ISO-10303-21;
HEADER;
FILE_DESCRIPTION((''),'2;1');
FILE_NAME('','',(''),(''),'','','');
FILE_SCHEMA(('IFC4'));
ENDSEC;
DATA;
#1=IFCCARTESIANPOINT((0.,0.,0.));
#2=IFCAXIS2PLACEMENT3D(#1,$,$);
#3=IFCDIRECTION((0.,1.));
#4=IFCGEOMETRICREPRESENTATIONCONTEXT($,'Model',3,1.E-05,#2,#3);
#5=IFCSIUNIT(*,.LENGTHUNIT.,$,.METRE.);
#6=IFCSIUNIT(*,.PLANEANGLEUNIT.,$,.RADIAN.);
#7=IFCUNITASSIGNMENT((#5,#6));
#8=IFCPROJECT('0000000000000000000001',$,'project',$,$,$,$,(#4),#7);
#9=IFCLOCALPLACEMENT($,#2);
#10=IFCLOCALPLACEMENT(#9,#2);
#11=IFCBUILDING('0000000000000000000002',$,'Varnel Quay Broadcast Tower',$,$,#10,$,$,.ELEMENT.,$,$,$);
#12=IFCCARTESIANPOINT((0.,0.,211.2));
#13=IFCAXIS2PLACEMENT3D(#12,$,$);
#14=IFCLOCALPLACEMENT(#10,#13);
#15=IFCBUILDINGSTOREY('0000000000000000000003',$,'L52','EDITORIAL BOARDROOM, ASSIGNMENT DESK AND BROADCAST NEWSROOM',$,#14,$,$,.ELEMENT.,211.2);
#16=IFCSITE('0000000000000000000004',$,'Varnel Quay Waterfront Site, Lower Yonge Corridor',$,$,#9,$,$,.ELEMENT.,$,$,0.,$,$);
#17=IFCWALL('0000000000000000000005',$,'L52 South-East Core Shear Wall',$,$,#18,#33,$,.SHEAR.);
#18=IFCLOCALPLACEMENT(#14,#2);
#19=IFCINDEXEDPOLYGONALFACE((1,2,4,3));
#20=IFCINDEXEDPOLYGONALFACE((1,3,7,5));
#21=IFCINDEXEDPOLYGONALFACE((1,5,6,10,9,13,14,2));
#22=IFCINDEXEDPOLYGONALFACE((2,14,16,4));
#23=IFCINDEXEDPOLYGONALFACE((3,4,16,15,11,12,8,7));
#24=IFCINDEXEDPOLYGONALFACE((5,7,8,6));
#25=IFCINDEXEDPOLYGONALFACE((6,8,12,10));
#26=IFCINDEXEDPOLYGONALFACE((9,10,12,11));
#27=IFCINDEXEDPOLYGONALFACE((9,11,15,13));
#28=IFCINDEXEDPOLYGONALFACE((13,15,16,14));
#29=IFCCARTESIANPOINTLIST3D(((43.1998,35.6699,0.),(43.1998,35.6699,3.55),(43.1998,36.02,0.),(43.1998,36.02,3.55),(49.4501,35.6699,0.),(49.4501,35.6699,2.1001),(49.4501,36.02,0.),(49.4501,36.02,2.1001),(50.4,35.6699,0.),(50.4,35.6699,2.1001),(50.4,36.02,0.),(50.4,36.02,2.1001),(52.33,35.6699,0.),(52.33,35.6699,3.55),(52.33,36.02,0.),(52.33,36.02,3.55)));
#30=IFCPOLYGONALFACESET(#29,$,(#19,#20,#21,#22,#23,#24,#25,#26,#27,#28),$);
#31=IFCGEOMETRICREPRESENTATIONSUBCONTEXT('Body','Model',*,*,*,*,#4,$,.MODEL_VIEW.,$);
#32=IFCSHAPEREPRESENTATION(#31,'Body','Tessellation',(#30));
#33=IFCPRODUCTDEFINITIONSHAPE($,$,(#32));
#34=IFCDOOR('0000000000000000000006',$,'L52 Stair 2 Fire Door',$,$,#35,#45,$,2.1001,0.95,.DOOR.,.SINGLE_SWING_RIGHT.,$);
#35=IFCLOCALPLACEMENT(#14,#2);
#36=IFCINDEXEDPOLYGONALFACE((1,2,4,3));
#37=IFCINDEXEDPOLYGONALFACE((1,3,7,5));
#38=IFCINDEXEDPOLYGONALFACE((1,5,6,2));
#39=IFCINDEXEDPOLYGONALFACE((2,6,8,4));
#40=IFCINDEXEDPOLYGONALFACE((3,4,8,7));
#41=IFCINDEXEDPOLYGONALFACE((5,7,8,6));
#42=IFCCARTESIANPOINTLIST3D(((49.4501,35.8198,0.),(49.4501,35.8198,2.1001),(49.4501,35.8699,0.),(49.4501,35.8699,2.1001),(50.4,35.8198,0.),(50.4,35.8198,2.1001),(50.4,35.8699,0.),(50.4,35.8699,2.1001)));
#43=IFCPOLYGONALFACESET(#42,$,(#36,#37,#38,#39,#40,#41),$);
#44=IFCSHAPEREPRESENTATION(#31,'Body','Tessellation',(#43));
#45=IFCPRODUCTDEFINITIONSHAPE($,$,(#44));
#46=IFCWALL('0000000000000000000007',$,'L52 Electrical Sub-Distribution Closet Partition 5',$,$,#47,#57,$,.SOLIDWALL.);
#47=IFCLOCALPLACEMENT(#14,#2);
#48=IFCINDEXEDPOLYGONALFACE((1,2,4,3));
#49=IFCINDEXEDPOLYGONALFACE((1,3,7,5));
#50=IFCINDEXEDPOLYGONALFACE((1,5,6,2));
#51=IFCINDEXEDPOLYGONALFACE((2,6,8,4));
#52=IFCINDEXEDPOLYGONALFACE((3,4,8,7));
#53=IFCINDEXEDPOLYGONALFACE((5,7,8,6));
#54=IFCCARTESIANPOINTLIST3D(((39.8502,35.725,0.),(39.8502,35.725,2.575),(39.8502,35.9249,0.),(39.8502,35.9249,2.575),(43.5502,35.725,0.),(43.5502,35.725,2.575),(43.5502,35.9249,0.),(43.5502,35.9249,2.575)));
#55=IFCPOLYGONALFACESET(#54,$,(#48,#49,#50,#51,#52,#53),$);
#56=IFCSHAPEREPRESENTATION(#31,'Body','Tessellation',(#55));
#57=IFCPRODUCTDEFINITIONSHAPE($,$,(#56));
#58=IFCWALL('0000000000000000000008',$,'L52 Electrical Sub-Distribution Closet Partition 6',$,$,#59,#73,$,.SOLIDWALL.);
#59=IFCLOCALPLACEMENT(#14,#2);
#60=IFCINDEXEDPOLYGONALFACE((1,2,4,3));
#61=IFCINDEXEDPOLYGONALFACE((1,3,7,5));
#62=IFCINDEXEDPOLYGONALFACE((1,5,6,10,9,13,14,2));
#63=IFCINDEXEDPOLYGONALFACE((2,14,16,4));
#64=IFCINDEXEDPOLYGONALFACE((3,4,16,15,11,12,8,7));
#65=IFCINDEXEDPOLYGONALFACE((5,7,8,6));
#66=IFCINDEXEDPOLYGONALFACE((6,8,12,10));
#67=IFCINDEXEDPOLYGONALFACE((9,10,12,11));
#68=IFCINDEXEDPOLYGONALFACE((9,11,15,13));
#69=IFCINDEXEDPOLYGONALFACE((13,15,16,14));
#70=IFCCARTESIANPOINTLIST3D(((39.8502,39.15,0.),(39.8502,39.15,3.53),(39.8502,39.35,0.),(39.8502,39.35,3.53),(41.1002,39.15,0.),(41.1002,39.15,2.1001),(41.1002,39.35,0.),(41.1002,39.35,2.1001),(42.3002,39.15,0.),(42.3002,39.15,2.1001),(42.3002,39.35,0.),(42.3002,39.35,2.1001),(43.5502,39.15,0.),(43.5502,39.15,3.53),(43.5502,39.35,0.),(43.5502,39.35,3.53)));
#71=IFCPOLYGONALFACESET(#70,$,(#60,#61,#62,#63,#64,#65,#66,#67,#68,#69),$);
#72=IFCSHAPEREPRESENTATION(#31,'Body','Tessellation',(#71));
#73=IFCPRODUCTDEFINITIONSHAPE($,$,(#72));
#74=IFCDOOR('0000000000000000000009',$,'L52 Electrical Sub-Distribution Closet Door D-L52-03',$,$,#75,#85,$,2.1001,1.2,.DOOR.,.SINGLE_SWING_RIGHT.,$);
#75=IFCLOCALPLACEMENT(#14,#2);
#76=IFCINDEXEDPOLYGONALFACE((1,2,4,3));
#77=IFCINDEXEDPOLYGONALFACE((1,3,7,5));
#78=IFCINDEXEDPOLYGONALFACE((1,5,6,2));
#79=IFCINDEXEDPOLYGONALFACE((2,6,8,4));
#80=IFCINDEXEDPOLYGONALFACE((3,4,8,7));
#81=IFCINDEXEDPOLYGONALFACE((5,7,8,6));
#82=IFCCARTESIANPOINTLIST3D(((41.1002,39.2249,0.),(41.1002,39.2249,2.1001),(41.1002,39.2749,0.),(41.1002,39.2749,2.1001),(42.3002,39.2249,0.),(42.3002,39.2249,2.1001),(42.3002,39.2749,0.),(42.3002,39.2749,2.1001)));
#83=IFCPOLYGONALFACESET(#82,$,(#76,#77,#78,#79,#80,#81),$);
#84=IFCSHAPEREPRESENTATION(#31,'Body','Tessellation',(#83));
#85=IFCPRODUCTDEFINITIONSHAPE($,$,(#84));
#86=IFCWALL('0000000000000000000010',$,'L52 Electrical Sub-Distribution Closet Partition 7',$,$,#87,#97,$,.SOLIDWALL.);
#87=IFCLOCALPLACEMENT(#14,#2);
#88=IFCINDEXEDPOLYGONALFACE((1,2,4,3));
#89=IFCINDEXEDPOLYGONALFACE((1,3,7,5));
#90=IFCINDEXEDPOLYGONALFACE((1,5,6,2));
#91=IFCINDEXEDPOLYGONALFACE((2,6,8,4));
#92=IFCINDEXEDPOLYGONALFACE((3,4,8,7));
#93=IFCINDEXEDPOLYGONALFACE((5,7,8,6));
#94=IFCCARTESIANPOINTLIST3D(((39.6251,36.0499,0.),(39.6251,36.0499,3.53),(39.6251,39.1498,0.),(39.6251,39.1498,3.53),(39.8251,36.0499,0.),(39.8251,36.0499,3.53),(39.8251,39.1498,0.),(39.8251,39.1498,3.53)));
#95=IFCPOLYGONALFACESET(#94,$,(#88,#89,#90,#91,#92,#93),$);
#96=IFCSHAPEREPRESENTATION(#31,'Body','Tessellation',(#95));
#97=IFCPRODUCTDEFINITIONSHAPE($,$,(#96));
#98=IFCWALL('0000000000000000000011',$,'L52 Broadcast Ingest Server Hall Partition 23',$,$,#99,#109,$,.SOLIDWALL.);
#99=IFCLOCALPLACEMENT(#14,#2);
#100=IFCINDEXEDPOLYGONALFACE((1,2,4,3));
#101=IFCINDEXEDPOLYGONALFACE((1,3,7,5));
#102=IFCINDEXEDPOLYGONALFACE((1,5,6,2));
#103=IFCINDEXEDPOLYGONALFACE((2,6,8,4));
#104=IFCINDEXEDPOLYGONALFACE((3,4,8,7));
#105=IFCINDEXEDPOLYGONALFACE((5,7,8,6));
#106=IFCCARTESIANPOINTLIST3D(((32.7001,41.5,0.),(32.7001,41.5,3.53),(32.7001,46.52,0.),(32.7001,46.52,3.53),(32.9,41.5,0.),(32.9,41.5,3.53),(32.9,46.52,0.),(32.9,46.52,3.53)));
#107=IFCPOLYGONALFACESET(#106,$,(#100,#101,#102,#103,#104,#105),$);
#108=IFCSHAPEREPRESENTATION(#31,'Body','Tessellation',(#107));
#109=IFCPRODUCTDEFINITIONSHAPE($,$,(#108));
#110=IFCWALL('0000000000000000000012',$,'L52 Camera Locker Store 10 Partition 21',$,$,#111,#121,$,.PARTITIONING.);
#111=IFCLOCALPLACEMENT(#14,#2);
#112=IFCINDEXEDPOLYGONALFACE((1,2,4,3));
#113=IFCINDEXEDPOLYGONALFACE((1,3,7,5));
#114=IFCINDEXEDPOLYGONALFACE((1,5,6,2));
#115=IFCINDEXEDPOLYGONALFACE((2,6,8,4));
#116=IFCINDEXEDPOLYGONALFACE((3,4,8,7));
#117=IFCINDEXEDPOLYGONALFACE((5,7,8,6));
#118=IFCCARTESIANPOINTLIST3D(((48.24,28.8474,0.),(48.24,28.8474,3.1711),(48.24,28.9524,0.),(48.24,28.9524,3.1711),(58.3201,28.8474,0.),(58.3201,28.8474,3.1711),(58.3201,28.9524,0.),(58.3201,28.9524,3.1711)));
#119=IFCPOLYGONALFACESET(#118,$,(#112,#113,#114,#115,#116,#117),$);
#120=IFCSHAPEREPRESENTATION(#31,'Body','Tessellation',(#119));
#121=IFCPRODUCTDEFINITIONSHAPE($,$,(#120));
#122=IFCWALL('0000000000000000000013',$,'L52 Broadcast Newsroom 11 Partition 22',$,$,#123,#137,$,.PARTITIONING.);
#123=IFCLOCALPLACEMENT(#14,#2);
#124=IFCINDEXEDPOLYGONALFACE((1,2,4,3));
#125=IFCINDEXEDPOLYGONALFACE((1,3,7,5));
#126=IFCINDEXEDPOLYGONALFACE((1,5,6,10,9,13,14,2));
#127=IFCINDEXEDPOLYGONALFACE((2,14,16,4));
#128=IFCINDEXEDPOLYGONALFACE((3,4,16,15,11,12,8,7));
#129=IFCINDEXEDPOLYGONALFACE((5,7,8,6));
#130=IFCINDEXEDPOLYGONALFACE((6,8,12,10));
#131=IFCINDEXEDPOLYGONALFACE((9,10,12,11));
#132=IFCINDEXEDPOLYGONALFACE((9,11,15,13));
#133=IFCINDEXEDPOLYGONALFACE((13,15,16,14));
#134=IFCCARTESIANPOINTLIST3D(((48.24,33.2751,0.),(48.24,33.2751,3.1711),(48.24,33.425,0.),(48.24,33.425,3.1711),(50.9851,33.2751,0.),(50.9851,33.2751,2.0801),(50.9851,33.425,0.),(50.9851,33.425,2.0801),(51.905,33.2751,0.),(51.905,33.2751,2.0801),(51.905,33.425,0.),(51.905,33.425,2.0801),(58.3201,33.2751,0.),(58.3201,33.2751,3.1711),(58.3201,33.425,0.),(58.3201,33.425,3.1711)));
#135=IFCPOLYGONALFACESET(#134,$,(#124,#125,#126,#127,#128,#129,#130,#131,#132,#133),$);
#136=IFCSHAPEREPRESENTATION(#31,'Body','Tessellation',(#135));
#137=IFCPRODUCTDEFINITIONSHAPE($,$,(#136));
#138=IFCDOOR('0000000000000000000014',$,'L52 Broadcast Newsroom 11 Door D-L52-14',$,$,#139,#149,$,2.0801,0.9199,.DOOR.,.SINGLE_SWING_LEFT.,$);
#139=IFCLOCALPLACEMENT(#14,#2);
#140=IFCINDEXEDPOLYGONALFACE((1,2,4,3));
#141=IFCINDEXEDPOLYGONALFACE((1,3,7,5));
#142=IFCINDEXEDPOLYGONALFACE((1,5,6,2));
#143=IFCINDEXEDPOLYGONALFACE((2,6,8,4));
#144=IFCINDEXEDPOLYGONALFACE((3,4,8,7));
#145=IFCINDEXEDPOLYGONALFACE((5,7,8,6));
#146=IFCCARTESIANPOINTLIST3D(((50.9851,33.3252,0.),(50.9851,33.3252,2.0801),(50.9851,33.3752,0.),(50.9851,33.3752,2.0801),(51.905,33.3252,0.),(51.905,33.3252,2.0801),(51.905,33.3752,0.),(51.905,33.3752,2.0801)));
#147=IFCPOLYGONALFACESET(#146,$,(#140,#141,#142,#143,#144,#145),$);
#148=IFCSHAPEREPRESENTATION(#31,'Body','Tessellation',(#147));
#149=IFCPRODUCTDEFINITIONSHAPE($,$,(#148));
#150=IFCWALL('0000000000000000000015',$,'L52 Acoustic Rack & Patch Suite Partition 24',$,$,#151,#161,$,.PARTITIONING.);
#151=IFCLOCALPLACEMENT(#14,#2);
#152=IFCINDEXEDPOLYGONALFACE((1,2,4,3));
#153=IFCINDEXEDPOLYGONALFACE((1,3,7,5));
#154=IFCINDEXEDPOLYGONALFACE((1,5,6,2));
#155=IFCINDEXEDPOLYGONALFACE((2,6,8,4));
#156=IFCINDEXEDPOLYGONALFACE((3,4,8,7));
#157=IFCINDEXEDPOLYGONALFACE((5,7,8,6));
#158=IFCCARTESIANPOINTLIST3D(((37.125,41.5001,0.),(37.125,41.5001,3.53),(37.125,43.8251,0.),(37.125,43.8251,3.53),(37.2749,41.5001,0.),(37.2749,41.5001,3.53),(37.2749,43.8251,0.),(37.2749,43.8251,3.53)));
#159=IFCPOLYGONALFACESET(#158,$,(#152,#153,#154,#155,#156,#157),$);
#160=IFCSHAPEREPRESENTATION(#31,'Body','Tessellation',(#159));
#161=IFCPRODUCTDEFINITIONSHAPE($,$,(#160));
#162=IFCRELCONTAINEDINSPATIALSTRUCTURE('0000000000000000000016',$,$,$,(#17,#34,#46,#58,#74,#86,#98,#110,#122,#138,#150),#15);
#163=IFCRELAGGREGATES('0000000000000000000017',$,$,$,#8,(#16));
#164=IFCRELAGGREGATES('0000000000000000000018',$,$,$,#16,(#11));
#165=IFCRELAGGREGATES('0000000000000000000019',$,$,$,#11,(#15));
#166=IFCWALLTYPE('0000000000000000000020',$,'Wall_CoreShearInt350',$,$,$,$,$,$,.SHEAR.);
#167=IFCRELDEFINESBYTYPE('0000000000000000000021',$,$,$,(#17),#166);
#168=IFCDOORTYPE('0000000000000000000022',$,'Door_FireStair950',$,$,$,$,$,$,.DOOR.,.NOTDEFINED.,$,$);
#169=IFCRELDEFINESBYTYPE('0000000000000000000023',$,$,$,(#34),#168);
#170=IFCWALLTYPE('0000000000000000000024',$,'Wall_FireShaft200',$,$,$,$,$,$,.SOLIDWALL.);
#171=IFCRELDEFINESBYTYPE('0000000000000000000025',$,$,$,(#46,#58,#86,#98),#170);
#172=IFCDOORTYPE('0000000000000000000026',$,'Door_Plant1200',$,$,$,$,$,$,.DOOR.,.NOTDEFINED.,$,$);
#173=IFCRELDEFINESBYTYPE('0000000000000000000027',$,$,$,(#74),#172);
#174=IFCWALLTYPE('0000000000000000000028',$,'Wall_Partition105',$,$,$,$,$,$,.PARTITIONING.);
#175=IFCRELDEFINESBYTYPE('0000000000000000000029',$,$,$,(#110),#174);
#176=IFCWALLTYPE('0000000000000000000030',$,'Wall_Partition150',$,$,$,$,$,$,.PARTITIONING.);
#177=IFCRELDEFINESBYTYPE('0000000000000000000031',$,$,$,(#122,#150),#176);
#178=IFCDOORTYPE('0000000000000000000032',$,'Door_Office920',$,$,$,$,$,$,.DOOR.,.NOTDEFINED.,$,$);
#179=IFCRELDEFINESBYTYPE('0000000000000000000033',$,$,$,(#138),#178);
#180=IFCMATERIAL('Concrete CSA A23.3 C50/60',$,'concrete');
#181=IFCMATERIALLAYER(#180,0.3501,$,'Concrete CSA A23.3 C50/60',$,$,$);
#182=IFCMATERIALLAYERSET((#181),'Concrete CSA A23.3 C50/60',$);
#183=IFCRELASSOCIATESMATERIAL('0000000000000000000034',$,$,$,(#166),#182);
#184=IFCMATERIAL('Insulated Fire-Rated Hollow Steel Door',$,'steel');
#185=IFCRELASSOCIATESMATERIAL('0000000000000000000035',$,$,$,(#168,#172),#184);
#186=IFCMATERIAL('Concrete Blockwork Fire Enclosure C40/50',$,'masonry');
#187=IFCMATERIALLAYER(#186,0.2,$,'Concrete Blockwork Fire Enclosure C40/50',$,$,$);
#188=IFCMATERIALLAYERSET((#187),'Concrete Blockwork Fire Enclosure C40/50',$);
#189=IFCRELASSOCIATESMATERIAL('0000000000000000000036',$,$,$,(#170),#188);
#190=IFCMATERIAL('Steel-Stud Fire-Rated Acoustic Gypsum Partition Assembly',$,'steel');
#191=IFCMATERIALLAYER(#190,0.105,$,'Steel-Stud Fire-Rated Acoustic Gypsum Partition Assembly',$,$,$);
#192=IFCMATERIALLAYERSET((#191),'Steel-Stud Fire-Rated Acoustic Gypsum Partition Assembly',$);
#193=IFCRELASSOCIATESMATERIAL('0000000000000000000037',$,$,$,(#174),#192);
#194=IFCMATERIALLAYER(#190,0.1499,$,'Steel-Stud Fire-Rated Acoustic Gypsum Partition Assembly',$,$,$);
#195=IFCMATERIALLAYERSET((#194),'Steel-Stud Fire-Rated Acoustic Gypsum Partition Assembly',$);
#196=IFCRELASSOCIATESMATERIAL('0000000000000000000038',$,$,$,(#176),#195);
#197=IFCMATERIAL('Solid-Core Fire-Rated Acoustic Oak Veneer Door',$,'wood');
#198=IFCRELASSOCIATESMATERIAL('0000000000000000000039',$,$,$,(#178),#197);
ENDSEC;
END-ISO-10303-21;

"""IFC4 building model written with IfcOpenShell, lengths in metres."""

from ifc_helpers import new_model, si_unit, direction, frame, frame_2d, origin, place, context, subcontext, project, spatial, rectangle, extrude, source, transform, mapped, material, layer, layer_set, type_object, type_shapes, element, fill, save


model = new_model("IFC4")

# Units and contexts
model_context = context("Model", 3, precision=1e-05, world=origin(), true_north=direction((0.0, 1.0)))
body_context = subcontext(model_context, "Body", "Model", "MODEL_VIEW")
ifc_project = project(units=[si_unit("LENGTHUNIT", "METRE"), si_unit("PLANEANGLEUNIT", "RADIAN")], contexts=[model_context])

# Site, building, storey
site_placement = place(None, origin())
site = spatial("IfcSite", under=ifc_project, at=site_placement, Name="Varnel Quay Waterfront Site, Lower Yonge Corridor", CompositionType="ELEMENT", RefElevation=0.0)
building_placement = place(site_placement, origin())
building = spatial("IfcBuilding", under=site, at=building_placement, Name="Varnel Quay Broadcast Tower", CompositionType="ELEMENT")
storey_placement = place(building_placement, frame((0.0, 0.0, 211.2)))
storey = spatial("IfcBuildingStorey", under=building, at=storey_placement, Name="L52", Description="EDITORIAL BOARDROOM, ASSIGNMENT DESK AND BROADCAST NEWSROOM", CompositionType="ELEMENT", Elevation=211.2)

# Shared definitions
ifc_material_1 = material(Name="Concrete CSA A23.3 C50/60", Category="concrete")

# Wall, opening, door
ifc_layer_1 = layer(ifc_material_1, 0.3501, Name="Concrete CSA A23.3 C50/60")
ifc_layer_set_1 = layer_set([ifc_layer_1], Name="Concrete CSA A23.3 C50/60")
wall_type_1 = type_object("IfcWallType", Name="Wall_CoreShearInt350", PredefinedType="SHEAR", material=ifc_layer_set_1)
wall_1_placement = place(storey_placement, frame((43.2, 35.845, 0.0), z_axis=(0.0, 0.0, 1.0), x_axis=(1.0, 0.0, 0.0)))
wall_1 = element("IfcWall", 1, at=wall_1_placement, inside=storey, type_object=wall_type_1, Name="L52 South-East Core Shear Wall", PredefinedType="SHEAR", context=body_context, shape_type="SweptSolid", body=[
    extrude(rectangle(XDim=9.1301, YDim=0.3501, at=frame_2d((4.5649, 0.0))), origin(), (0.0, 0.0, 1.0), 3.55),
])
opening_1_placement = place(wall_1_placement, frame((6.25, 0.0, 0.0)))
opening_1 = element("IfcOpeningElement", 2, at=opening_1_placement, cuts=wall_1, PredefinedType="OPENING", context=body_context, shape_type="SweptSolid", body=[
    extrude(rectangle(XDim=0.95, YDim=2.1001, at=frame_2d((0.4751, 1.05))), frame((0.0, 0.1851, 0.0), z_axis=(0.0, -1.0, 0.0), x_axis=(1.0, 0.0, 0.0)), (0.0, 0.0, 1.0), 0.3701),
])
ifc_material_2 = material(Name="Insulated Fire-Rated Hollow Steel Door", Category="steel")
door_type_1 = type_object("IfcDoorType", Name="Door_FireStair950", OperationType="NOTDEFINED", PredefinedType="DOOR", material=ifc_material_2)
shared_shape_1 = source(origin(), body_context, "Body", "SweptSolid", [
    extrude(rectangle(XDim=0.95, YDim=2.1001, at=frame_2d((0.4751, 1.05))), frame((0.0, 0.0249, 0.0), z_axis=(0.0, -1.0, 0.0), x_axis=(1.0, 0.0, 0.0)), (0.0, 0.0, 1.0), 0.05),
])
type_shapes(door_type_1, [shared_shape_1])
door_1_placement = place(opening_1_placement, origin())
door_1 = element("IfcDoor", 3, at=door_1_placement, inside=storey, type_object=door_type_1, Name="L52 Stair 2 Fire Door", OperationType="SINGLE_SWING_RIGHT", OverallHeight=2.1001, OverallWidth=0.95, PredefinedType="DOOR", context=body_context, shape_type="MappedRepresentation", body=[
    mapped(shared_shape_1, transform((0.0, 0.0, 0.0), x_axis=(1.0, 0.0, 0.0), y_axis=(0.0, 1.0, 0.0), z_axis=(0.0, 0.0, 1.0), scale=1.0)),
])
fill(opening_1, door_1)

# Wall
ifc_material_3 = material(Name="Concrete Blockwork Fire Enclosure C40/50", Category="masonry")
ifc_layer_2 = layer(ifc_material_3, 0.2, Name="Concrete Blockwork Fire Enclosure C40/50")
ifc_layer_set_2 = layer_set([ifc_layer_2], Name="Concrete Blockwork Fire Enclosure C40/50")
wall_type_2 = type_object("IfcWallType", Name="Wall_FireShaft200", PredefinedType="SOLIDWALL", material=ifc_layer_set_2)
wall_2_placement = place(storey_placement, frame((39.8501, 35.825, 0.0), z_axis=(0.0, 0.0, 1.0), x_axis=(1.0, 0.0, 0.0)))
element("IfcWall", 4, at=wall_2_placement, inside=storey, type_object=wall_type_2, Name="L52 Electrical Sub-Distribution Closet Partition 5", PredefinedType="SOLIDWALL", context=body_context, shape_type="SweptSolid", body=[
    extrude(rectangle(XDim=3.7, YDim=0.2, at=frame_2d((1.8501, 0.0))), origin(), (0.0, 0.0, 1.0), 2.575),
])

# Wall, opening, door
wall_3_placement = place(storey_placement, frame((39.8501, 39.25, 0.0), z_axis=(0.0, 0.0, 1.0), x_axis=(1.0, 0.0, 0.0)))
wall_3 = element("IfcWall", 5, at=wall_3_placement, inside=storey, type_object=wall_type_2, Name="L52 Electrical Sub-Distribution Closet Partition 6", PredefinedType="SOLIDWALL", context=body_context, shape_type="SweptSolid", body=[
    extrude(rectangle(XDim=3.7, YDim=0.2, at=frame_2d((1.8501, 0.0))), origin(), (0.0, 0.0, 1.0), 3.53),
])
opening_2_placement = place(wall_3_placement, frame((1.25, 0.0, 0.0)))
opening_2 = element("IfcOpeningElement", 6, at=opening_2_placement, cuts=wall_3, PredefinedType="OPENING", context=body_context, shape_type="SweptSolid", body=[
    extrude(rectangle(XDim=1.2, YDim=2.1001, at=frame_2d((0.6001, 1.05))), frame((0.0, 0.1099, 0.0), z_axis=(0.0, -1.0, 0.0), x_axis=(1.0, 0.0, 0.0)), (0.0, 0.0, 1.0), 0.22),
])
door_type_2 = type_object("IfcDoorType", Name="Door_Plant1200", OperationType="NOTDEFINED", PredefinedType="DOOR", material=ifc_material_2)
shared_shape_2 = source(origin(), body_context, "Body", "SweptSolid", [
    extrude(rectangle(XDim=1.2, YDim=2.1001, at=frame_2d((0.6001, 1.05))), frame((0.0, 0.0249, 0.0), z_axis=(0.0, -1.0, 0.0), x_axis=(1.0, 0.0, 0.0)), (0.0, 0.0, 1.0), 0.05),
])
type_shapes(door_type_2, [shared_shape_2])
door_2_placement = place(opening_2_placement, origin())
door_2 = element("IfcDoor", 7, at=door_2_placement, inside=storey, type_object=door_type_2, Name="L52 Electrical Sub-Distribution Closet Door D-L52-03", OperationType="SINGLE_SWING_RIGHT", OverallHeight=2.1001, OverallWidth=1.2, PredefinedType="DOOR", context=body_context, shape_type="MappedRepresentation", body=[
    mapped(shared_shape_2, transform((0.0, 0.0, 0.0), x_axis=(1.0, 0.0, 0.0), y_axis=(0.0, 1.0, 0.0), z_axis=(0.0, 0.0, 1.0), scale=1.0)),
])
fill(opening_2, door_2)

# Walls
wall_4_placement = place(storey_placement, frame((39.7251, 36.05, 0.0), z_axis=(0.0, 0.0, 1.0), x_axis=(0.0, 1.0, 0.0)))
element("IfcWall", 8, at=wall_4_placement, inside=storey, type_object=wall_type_2, Name="L52 Electrical Sub-Distribution Closet Partition 7", PredefinedType="SOLIDWALL", context=body_context, shape_type="SweptSolid", body=[
    extrude(rectangle(XDim=3.0999, YDim=0.2, at=frame_2d((1.5498, 0.0))), origin(), (0.0, 0.0, 1.0), 3.53),
])
wall_5_placement = place(storey_placement, frame((32.8, 41.5, 0.0), z_axis=(0.0, 0.0, 1.0), x_axis=(0.0, 1.0, 0.0)))
element("IfcWall", 9, at=wall_5_placement, inside=storey, type_object=wall_type_2, Name="L52 Broadcast Ingest Server Hall Partition 23", PredefinedType="SOLIDWALL", context=body_context, shape_type="SweptSolid", body=[
    extrude(rectangle(XDim=5.02, YDim=0.2, at=frame_2d((2.51, 0.0))), origin(), (0.0, 0.0, 1.0), 3.53),
])
ifc_material_4 = material(Name="Steel-Stud Fire-Rated Acoustic Gypsum Partition Assembly", Category="steel")
ifc_layer_3 = layer(ifc_material_4, 0.105, Name="Steel-Stud Fire-Rated Acoustic Gypsum Partition Assembly")
ifc_layer_set_3 = layer_set([ifc_layer_3], Name="Steel-Stud Fire-Rated Acoustic Gypsum Partition Assembly")
wall_type_3 = type_object("IfcWallType", Name="Wall_Partition105", PredefinedType="PARTITIONING", material=ifc_layer_set_3)
wall_6_placement = place(storey_placement, frame((48.24, 28.8999, 0.0), z_axis=(0.0, 0.0, 1.0), x_axis=(1.0, 0.0, 0.0)))
element("IfcWall", 10, at=wall_6_placement, inside=storey, type_object=wall_type_3, Name="L52 Camera Locker Store 10 Partition 21", PredefinedType="PARTITIONING", context=body_context, shape_type="SweptSolid", body=[
    extrude(rectangle(XDim=10.0801, YDim=0.105, at=frame_2d((5.04, 0.0))), origin(), (0.0, 0.0, 1.0), 3.1711),
])

# Wall, opening, door
ifc_layer_4 = layer(ifc_material_4, 0.1499, Name="Steel-Stud Fire-Rated Acoustic Gypsum Partition Assembly")
ifc_layer_set_4 = layer_set([ifc_layer_4], Name="Steel-Stud Fire-Rated Acoustic Gypsum Partition Assembly")
wall_type_4 = type_object("IfcWallType", Name="Wall_Partition150", PredefinedType="PARTITIONING", material=ifc_layer_set_4)
wall_7_placement = place(storey_placement, frame((48.24, 33.3501, 0.0), z_axis=(0.0, 0.0, 1.0), x_axis=(1.0, 0.0, 0.0)))
wall_7 = element("IfcWall", 11, at=wall_7_placement, inside=storey, type_object=wall_type_4, Name="L52 Broadcast Newsroom 11 Partition 22", PredefinedType="PARTITIONING", context=body_context, shape_type="SweptSolid", body=[
    extrude(rectangle(XDim=10.0801, YDim=0.1499, at=frame_2d((5.04, 0.0))), origin(), (0.0, 0.0, 1.0), 3.1711),
])
opening_3_placement = place(wall_7_placement, frame((2.7451, 0.0, 0.0)))
opening_3 = element("IfcOpeningElement", 12, at=opening_3_placement, cuts=wall_7, PredefinedType="OPENING", context=body_context, shape_type="SweptSolid", body=[
    extrude(rectangle(XDim=0.9199, YDim=2.0801, at=frame_2d((0.46, 1.04))), frame((0.0, 0.085, 0.0), z_axis=(0.0, -1.0, 0.0), x_axis=(1.0, 0.0, 0.0)), (0.0, 0.0, 1.0), 0.1699),
])
ifc_material_5 = material(Name="Solid-Core Fire-Rated Acoustic Oak Veneer Door", Category="wood")
door_type_3 = type_object("IfcDoorType", Name="Door_Office920", OperationType="NOTDEFINED", PredefinedType="DOOR", material=ifc_material_5)
shared_shape_3 = source(origin(), body_context, "Body", "SweptSolid", [
    extrude(rectangle(XDim=0.9199, YDim=2.0801, at=frame_2d((0.46, 1.04))), frame((0.0, 0.0249, 0.0), z_axis=(0.0, -1.0, 0.0), x_axis=(1.0, 0.0, 0.0)), (0.0, 0.0, 1.0), 0.05),
])
type_shapes(door_type_3, [shared_shape_3])
door_3_placement = place(opening_3_placement, frame((0.9199, 0.0, 0.0), z_axis=(0.0, 0.0, 1.0), x_axis=(-1.0, 0.0, 0.0)))
door_3 = element("IfcDoor", 13, at=door_3_placement, inside=storey, type_object=door_type_3, Name="L52 Broadcast Newsroom 11 Door D-L52-14", OperationType="SINGLE_SWING_LEFT", OverallHeight=2.0801, OverallWidth=0.9199, PredefinedType="DOOR", context=body_context, shape_type="MappedRepresentation", body=[
    mapped(shared_shape_3, transform((0.0, 0.0, 0.0), x_axis=(1.0, 0.0, 0.0), y_axis=(0.0, 1.0, 0.0), z_axis=(0.0, 0.0, 1.0), scale=1.0)),
])
fill(opening_3, door_3)

# Wall
wall_8_placement = place(storey_placement, frame((37.2, 41.5, 0.0), z_axis=(0.0, 0.0, 1.0), x_axis=(0.0, 1.0, 0.0)))
element("IfcWall", 14, at=wall_8_placement, inside=storey, type_object=wall_type_4, Name="L52 Acoustic Rack & Patch Suite Partition 24", PredefinedType="PARTITIONING", context=body_context, shape_type="SweptSolid", body=[
    extrude(rectangle(XDim=2.325, YDim=0.1499, at=frame_2d((1.1626, 0.0))), origin(), (0.0, 0.0, 1.0), 3.53),
])

save(model, "model.ifc")
